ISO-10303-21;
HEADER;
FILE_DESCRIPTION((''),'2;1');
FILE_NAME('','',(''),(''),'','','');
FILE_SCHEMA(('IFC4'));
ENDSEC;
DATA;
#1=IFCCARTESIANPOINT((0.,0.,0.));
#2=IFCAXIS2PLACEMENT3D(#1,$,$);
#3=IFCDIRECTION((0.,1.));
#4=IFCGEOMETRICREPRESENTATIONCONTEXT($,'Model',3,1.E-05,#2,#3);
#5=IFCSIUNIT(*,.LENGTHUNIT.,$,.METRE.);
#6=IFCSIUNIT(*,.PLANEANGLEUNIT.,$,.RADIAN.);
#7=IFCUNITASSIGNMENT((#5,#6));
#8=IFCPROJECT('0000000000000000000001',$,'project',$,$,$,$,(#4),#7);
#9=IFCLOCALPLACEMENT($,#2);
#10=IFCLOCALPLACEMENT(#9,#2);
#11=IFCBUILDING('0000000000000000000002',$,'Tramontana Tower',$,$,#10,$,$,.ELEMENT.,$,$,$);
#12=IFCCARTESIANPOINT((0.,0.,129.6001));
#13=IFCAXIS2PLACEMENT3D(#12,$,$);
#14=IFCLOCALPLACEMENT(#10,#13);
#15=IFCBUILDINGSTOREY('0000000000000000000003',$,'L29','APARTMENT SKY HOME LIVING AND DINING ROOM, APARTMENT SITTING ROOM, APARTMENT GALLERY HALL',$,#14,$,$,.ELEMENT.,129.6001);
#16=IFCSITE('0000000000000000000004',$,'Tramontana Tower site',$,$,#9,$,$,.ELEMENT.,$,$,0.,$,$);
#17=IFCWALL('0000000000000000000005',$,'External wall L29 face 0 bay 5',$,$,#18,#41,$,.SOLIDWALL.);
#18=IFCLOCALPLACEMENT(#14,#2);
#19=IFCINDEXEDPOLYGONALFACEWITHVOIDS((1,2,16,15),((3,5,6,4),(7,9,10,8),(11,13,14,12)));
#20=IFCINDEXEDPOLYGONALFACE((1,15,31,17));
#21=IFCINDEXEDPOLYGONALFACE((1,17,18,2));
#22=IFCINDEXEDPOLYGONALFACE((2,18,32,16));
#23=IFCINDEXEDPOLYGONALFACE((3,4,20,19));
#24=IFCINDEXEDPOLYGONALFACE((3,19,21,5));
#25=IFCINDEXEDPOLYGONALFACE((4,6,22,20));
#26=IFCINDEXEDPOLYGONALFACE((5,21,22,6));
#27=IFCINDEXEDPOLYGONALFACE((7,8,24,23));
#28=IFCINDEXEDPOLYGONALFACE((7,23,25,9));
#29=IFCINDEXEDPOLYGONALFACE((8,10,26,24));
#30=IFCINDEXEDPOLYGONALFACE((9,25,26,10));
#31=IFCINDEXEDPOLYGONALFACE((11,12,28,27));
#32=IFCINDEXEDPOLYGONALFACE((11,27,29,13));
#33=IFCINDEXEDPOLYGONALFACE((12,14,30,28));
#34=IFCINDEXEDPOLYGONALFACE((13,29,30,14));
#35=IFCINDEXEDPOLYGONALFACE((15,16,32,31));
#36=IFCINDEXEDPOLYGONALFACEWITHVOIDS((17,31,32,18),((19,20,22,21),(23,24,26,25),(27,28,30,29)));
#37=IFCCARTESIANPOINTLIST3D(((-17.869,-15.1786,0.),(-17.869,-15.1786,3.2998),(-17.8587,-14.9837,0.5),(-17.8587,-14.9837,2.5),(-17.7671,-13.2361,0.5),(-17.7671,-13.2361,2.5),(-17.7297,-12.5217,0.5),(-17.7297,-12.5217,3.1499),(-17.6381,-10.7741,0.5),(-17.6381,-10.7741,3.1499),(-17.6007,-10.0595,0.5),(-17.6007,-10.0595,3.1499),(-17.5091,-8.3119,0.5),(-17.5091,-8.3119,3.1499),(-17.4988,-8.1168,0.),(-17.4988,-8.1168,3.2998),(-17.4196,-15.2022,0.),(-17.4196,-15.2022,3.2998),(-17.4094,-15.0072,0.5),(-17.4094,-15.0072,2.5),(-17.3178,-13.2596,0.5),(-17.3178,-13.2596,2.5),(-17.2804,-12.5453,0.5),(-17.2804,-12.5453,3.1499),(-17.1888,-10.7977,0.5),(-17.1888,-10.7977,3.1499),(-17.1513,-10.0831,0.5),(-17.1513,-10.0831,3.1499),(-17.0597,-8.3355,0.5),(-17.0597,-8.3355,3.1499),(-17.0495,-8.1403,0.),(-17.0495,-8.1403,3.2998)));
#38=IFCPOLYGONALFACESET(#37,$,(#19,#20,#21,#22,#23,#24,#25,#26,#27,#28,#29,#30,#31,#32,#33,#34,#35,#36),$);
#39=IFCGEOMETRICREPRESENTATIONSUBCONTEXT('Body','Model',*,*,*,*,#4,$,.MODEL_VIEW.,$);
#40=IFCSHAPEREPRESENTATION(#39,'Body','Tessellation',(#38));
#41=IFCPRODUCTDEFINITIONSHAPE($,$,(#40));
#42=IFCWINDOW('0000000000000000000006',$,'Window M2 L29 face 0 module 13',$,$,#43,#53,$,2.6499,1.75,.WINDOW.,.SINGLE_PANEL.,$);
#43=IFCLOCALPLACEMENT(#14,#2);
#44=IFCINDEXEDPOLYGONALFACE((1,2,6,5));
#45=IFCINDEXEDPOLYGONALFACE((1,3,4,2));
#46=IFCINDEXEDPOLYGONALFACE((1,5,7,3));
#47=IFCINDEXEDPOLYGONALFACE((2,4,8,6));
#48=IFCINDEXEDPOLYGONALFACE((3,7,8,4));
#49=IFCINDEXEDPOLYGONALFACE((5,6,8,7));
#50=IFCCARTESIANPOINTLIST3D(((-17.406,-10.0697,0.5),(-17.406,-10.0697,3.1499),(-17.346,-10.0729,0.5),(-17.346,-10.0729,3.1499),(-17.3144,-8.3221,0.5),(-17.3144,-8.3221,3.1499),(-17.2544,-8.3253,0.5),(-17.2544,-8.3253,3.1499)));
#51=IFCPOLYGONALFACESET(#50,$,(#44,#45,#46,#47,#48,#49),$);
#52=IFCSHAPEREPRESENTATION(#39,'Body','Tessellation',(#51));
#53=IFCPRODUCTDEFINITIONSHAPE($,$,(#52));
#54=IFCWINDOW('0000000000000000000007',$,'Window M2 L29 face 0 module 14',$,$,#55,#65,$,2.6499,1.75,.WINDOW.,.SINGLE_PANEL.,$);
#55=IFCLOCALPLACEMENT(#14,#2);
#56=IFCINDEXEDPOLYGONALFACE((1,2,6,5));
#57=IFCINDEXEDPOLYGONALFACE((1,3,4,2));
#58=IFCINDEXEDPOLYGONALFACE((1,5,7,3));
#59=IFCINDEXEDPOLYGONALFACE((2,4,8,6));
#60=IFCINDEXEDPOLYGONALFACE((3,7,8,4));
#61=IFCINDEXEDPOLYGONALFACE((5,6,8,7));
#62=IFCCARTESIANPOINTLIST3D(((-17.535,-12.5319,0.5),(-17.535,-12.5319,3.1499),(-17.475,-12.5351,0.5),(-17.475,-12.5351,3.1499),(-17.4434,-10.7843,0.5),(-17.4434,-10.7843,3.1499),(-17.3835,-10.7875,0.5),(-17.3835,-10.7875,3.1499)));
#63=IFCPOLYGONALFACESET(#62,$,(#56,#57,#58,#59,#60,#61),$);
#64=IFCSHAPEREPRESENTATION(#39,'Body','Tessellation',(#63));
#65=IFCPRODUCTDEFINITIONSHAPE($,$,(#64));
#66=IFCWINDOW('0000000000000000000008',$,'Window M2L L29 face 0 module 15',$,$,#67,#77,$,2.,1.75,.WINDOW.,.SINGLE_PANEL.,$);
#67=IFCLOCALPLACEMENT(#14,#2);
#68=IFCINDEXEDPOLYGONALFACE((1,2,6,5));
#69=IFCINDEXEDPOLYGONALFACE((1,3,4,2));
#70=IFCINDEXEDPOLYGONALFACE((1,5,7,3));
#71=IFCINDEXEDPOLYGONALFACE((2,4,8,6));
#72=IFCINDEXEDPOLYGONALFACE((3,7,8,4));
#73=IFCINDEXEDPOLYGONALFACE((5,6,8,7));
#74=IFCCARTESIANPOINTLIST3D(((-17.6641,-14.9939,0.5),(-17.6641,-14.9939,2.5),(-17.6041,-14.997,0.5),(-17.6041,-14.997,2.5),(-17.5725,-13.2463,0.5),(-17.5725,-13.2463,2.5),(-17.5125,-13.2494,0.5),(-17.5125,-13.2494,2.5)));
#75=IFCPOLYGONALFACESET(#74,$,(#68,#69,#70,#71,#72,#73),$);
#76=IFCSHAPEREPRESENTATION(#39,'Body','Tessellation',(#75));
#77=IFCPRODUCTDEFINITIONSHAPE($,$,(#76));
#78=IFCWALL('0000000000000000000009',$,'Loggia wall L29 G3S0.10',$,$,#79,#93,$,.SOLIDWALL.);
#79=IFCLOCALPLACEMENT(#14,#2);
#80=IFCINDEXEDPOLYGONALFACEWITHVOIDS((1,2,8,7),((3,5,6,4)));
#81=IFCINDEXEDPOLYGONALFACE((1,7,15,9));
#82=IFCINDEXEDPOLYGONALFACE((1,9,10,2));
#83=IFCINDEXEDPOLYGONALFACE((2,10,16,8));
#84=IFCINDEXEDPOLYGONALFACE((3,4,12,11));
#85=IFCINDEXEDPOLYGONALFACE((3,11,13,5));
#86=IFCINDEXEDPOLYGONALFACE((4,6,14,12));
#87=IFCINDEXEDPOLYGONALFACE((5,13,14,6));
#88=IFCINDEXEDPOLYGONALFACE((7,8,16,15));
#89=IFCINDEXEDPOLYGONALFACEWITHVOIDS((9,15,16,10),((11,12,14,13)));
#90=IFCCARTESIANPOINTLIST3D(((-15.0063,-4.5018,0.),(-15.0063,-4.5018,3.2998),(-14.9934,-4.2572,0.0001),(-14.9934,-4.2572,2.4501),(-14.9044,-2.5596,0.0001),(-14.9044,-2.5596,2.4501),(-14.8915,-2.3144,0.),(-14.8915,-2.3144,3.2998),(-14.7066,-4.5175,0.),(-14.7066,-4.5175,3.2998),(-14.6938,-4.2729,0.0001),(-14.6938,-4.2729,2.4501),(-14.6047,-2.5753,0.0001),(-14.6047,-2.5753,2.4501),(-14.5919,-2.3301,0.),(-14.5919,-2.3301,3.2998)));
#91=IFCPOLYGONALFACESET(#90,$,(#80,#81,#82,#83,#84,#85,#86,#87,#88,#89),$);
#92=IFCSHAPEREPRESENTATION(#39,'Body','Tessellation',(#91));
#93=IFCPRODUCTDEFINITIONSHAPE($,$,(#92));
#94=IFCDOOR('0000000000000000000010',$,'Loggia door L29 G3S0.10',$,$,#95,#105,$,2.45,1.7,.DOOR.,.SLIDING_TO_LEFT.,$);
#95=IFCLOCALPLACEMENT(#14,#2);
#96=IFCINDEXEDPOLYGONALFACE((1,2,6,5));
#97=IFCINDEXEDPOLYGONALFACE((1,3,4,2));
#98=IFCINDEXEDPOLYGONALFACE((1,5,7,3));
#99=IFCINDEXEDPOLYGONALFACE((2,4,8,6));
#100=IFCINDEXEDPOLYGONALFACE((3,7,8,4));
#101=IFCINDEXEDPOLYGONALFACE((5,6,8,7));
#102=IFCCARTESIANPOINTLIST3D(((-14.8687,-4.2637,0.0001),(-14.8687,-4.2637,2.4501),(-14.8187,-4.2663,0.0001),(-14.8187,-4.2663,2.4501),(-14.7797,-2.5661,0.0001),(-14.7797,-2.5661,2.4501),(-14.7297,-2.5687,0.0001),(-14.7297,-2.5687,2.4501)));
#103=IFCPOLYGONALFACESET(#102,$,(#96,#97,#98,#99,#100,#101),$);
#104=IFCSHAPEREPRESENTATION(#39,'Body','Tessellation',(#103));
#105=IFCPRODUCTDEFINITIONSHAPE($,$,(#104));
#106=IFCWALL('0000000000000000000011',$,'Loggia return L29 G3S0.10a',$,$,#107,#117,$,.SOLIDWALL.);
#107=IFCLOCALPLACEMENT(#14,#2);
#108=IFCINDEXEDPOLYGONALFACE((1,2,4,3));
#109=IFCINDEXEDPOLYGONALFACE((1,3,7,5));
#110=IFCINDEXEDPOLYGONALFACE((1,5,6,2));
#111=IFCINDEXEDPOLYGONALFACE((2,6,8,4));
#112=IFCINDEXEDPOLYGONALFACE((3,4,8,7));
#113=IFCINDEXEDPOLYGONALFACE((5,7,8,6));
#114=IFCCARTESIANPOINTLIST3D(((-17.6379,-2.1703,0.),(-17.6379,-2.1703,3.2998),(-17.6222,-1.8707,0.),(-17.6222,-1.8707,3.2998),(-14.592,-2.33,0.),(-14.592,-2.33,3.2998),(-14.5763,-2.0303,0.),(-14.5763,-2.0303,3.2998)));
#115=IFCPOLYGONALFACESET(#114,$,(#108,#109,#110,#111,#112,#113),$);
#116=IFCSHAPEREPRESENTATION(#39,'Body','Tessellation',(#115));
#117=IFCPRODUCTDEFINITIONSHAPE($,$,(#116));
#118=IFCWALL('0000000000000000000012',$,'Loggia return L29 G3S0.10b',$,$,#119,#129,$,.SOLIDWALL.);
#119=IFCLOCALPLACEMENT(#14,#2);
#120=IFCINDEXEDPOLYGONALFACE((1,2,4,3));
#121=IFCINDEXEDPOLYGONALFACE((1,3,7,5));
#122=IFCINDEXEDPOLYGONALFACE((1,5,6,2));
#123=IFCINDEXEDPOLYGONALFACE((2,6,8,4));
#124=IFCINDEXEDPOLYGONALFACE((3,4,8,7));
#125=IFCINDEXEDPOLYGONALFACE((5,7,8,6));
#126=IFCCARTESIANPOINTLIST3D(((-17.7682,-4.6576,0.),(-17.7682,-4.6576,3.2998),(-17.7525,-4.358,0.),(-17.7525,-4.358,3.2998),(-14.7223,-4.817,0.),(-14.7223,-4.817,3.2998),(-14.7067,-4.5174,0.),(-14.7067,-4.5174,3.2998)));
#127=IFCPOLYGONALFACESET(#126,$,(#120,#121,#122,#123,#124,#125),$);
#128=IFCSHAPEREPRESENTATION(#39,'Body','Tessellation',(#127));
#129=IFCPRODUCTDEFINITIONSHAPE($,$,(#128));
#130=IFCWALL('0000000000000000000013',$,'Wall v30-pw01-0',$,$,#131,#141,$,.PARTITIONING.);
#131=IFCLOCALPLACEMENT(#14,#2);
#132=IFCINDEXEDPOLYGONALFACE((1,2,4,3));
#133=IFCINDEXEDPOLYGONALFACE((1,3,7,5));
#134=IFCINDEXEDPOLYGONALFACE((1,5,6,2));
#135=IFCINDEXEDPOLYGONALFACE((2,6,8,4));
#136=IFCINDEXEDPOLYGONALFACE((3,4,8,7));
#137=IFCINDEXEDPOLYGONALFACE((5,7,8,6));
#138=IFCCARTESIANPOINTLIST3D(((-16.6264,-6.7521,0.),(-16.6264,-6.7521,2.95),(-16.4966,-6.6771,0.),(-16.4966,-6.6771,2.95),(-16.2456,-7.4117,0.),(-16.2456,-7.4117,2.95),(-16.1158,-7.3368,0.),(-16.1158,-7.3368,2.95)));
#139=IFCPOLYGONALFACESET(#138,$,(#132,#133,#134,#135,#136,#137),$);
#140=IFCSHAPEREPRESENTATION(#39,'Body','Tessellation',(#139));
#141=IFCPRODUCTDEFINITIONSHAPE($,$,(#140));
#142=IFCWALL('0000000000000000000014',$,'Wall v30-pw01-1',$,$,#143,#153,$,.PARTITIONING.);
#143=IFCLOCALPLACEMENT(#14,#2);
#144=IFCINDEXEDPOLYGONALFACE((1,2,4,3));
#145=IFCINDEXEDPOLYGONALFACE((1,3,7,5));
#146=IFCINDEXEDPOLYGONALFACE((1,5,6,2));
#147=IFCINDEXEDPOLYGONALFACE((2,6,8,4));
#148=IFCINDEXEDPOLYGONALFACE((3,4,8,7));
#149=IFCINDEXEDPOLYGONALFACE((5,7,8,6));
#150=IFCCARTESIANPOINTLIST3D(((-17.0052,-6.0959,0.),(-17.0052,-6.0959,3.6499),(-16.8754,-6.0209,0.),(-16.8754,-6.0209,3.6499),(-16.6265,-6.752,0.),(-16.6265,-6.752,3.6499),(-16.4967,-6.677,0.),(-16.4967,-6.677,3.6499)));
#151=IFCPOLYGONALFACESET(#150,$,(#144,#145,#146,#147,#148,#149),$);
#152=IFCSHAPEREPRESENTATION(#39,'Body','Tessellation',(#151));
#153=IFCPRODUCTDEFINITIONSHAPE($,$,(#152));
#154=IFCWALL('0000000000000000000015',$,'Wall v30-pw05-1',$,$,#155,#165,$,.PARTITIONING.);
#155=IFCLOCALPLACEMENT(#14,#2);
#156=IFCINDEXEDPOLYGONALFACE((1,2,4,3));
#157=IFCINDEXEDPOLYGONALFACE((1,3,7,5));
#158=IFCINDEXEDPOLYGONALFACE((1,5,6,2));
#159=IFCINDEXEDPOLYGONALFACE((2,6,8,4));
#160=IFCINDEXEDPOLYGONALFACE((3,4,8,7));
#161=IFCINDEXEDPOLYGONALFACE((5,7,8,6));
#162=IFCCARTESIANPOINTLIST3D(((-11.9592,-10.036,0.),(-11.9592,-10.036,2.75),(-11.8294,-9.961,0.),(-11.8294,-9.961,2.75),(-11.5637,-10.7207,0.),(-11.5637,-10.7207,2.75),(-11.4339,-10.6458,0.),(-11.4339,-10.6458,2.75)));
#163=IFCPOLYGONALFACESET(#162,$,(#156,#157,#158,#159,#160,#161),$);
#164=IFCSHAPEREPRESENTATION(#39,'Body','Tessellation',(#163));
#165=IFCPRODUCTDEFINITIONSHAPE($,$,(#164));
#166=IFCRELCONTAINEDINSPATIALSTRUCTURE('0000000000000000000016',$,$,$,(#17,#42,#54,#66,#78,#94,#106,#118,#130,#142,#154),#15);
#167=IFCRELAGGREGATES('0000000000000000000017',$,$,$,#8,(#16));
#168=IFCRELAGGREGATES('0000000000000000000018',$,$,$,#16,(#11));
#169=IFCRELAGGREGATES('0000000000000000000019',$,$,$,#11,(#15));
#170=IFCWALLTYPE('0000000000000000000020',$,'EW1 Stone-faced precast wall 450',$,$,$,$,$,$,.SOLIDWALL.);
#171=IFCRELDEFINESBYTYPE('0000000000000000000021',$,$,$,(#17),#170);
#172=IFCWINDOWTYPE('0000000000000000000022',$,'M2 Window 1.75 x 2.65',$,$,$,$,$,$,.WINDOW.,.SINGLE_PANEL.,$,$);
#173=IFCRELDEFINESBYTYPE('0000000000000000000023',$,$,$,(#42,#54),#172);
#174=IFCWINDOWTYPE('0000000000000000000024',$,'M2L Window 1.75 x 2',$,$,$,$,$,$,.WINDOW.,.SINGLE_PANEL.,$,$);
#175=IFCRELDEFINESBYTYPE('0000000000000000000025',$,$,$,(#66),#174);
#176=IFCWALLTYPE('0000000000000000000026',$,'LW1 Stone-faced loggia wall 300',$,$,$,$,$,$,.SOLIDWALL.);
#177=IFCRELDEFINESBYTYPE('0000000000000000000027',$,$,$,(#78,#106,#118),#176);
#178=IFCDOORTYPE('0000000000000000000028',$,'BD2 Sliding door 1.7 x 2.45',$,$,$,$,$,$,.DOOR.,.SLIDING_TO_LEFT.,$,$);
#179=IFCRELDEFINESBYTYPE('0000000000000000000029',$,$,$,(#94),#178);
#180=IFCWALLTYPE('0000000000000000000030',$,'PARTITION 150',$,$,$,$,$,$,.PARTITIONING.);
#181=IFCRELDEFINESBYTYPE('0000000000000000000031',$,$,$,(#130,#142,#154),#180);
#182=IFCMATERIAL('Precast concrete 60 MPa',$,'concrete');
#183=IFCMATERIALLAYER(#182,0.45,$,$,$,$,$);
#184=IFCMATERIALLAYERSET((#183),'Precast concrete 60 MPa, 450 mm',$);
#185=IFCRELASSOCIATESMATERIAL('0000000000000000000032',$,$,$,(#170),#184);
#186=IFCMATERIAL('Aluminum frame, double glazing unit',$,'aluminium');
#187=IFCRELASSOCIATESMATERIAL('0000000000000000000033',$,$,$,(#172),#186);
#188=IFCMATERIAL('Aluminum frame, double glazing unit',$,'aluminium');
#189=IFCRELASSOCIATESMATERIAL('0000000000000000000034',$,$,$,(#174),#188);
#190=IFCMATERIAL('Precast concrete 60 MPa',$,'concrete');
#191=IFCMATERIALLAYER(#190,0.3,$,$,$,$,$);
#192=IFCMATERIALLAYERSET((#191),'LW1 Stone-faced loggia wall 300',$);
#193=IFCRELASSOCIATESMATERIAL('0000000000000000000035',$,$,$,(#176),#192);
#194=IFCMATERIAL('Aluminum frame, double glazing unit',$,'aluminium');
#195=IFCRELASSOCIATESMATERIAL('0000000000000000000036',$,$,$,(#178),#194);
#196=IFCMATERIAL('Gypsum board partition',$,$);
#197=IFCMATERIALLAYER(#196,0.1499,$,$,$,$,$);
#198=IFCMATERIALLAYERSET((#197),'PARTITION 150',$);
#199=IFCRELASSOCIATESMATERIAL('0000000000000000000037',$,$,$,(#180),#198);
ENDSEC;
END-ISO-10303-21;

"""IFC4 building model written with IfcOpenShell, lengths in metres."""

from ifc_helpers import new_model, si_unit, direction, frame, frame_2d, origin, place, context, subcontext, project, spatial, rectangle, extrude, material, layer, layer_set, type_object, element, fill, save


model = new_model("IFC4")

# Units and contexts
model_context = context("Model", 3, precision=1e-05, world=origin(), true_north=direction((0.0, 1.0)))
body_context = subcontext(model_context, "Body", "Model", "MODEL_VIEW")
ifc_project = project(units=[si_unit("LENGTHUNIT", "METRE"), si_unit("PLANEANGLEUNIT", "RADIAN")], contexts=[model_context])

# Site, building, storey
site_placement = place(None, origin())
site = spatial("IfcSite", under=ifc_project, at=site_placement, Name="Tramontana Tower site", CompositionType="ELEMENT", RefElevation=0.0)
building_placement = place(site_placement, origin())
building = spatial("IfcBuilding", under=site, at=building_placement, Name="Tramontana Tower", CompositionType="ELEMENT")
storey_placement = place(building_placement, frame((0.0, 0.0, 129.6001)))
storey = spatial("IfcBuildingStorey", under=building, at=storey_placement, Name="L29", Description="APARTMENT SKY HOME LIVING AND DINING ROOM, APARTMENT SITTING ROOM, APARTMENT GALLERY HALL", CompositionType="ELEMENT", Elevation=129.6001)

# Shared definitions
ifc_material_1 = material(Name="Precast concrete 60 MPa", Category="concrete")
ifc_layer_1 = layer(ifc_material_1, 0.45)
ifc_layer_set_1 = layer_set([ifc_layer_1], Name="Precast concrete 60 MPa, 450 mm")
wall_type_1 = type_object("IfcWallType", Name="EW1 Stone-faced precast wall 450", PredefinedType="SOLIDWALL", material=ifc_layer_set_1)
ifc_material_2 = material(Name="Aluminum frame, double glazing unit", Category="aluminium")
window_type_1 = type_object("IfcWindowType", Name="M2 Window 1.75 x 2.65", PartitioningType="SINGLE_PANEL", PredefinedType="WINDOW", material=ifc_material_2)

# Wall, openings, windows
wall_1_placement = place(storey_placement, frame((-17.2742, -8.1287, 0.0), z_axis=(0.0, 0.0, 1.0), x_axis=(-0.05234, -0.998629, 0.0)))
wall_1 = element("IfcWall", 1, at=wall_1_placement, inside=storey, type_object=wall_type_1, Name="External wall L29 face 0 bay 5", PredefinedType="SOLIDWALL", context=body_context, shape_type="SweptSolid", body=[
    extrude(rectangle(XDim=7.0715, YDim=0.45, at=frame_2d((3.5356, 0.0))), origin(), (0.0, 0.0, 1.0), 3.2998),
])
opening_1_placement = place(wall_1_placement, frame((0.1953, 0.0, 0.5)))
opening_1 = element("IfcOpeningElement", 2, at=opening_1_placement, cuts=wall_1, PredefinedType="OPENING", context=body_context, shape_type="SweptSolid", body=[
    extrude(rectangle(XDim=1.75, YDim=2.6499, at=frame_2d((0.875, 1.325))), frame((0.0, 0.2349, 0.0), z_axis=(0.0, -1.0, 0.0), x_axis=(1.0, 0.0, 0.0)), (0.0, 0.0, 1.0), 0.47),
])
opening_2_placement = place(wall_1_placement, frame((2.6609, 0.0, 0.5)))
opening_2 = element("IfcOpeningElement", 3, at=opening_2_placement, cuts=wall_1, PredefinedType="OPENING", context=body_context, shape_type="SweptSolid", body=[
    extrude(rectangle(XDim=1.75, YDim=2.6499, at=frame_2d((0.875, 1.325))), frame((0.0, 0.2349, 0.0), z_axis=(0.0, -1.0, 0.0), x_axis=(1.0, 0.0, 0.0)), (0.0, 0.0, 1.0), 0.47),
])
opening_3_placement = place(wall_1_placement, frame((5.1262, 0.0, 0.5)))
opening_3 = element("IfcOpeningElement", 4, at=opening_3_placement, cuts=wall_1, PredefinedType="OPENING", context=body_context, shape_type="SweptSolid", body=[
    extrude(rectangle(XDim=1.75, YDim=2.0, at=frame_2d((0.875, 1.0))), frame((0.0, 0.2349, 0.0), z_axis=(0.0, -1.0, 0.0), x_axis=(1.0, 0.0, 0.0)), (0.0, 0.0, 1.0), 0.47),
])
window_1_placement = place(opening_1_placement, origin())
window_1 = element("IfcWindow", 5, at=window_1_placement, inside=storey, type_object=window_type_1, Name="Window M2 L29 face 0 module 13", OverallHeight=2.6499, OverallWidth=1.75, PartitioningType="SINGLE_PANEL", PredefinedType="WINDOW", context=body_context, shape_type="SweptSolid", body=[
    extrude(rectangle(XDim=1.75, YDim=2.6499, at=frame_2d((0.875, 1.325))), frame((0.0, 0.03, 0.0), z_axis=(0.0, -1.0, 0.0), x_axis=(1.0, 0.0, 0.0)), (0.0, 0.0, 1.0), 0.0601),
])
fill(opening_1, window_1)
window_2_placement = place(opening_2_placement, origin())
window_2 = element("IfcWindow", 6, at=window_2_placement, inside=storey, type_object=window_type_1, Name="Window M2 L29 face 0 module 14", OverallHeight=2.6499, OverallWidth=1.75, PartitioningType="SINGLE_PANEL", PredefinedType="WINDOW", context=body_context, shape_type="SweptSolid", body=[
    extrude(rectangle(XDim=1.75, YDim=2.6499, at=frame_2d((0.875, 1.325))), frame((0.0, 0.03, 0.0), z_axis=(0.0, -1.0, 0.0), x_axis=(1.0, 0.0, 0.0)), (0.0, 0.0, 1.0), 0.0601),
])
fill(opening_2, window_2)
ifc_material_3 = material(Name="Aluminum frame, double glazing unit", Category="aluminium")
window_type_2 = type_object("IfcWindowType", Name="M2L Window 1.75 x 2", PartitioningType="SINGLE_PANEL", PredefinedType="WINDOW", material=ifc_material_3)
window_3_placement = place(opening_3_placement, origin())
window_3 = element("IfcWindow", 7, at=window_3_placement, inside=storey, type_object=window_type_2, Name="Window M2L L29 face 0 module 15", OverallHeight=2.0, OverallWidth=1.75, PartitioningType="SINGLE_PANEL", PredefinedType="WINDOW", context=body_context, shape_type="SweptSolid", body=[
    extrude(rectangle(XDim=1.75, YDim=2.0, at=frame_2d((0.875, 1.0))), frame((0.0, 0.03, 0.0), z_axis=(0.0, -1.0, 0.0), x_axis=(1.0, 0.0, 0.0)), (0.0, 0.0, 1.0), 0.0601),
])
fill(opening_3, window_3)

# Wall, opening, door
ifc_material_4 = material(Name="Precast concrete 60 MPa", Category="concrete")
ifc_layer_2 = layer(ifc_material_4, 0.3)
ifc_layer_set_2 = layer_set([ifc_layer_2], Name="LW1 Stone-faced loggia wall 300")
wall_type_2 = type_object("IfcWallType", Name="LW1 Stone-faced loggia wall 300", PredefinedType="SOLIDWALL", material=ifc_layer_set_2)
wall_2_placement = place(storey_placement, frame((-14.7417, -2.3223, 0.0), z_axis=(0.0, 0.0, 1.0), x_axis=(-0.052383, -0.998627, 0.0)))
wall_2 = element("IfcWall", 8, at=wall_2_placement, inside=storey, type_object=wall_type_2, Name="Loggia wall L29 G3S0.10", PredefinedType="SOLIDWALL", context=body_context, shape_type="SweptSolid", body=[
    extrude(rectangle(XDim=2.1904, YDim=0.3, at=frame_2d((1.0952, 0.0))), origin(), (0.0, 0.0, 1.0), 3.2998),
])
opening_4_placement = place(wall_2_placement, frame((0.2454, 0.0, 0.0)))
opening_4 = element("IfcOpeningElement", 9, at=opening_4_placement, cuts=wall_2, PredefinedType="OPENING", context=body_context, shape_type="SweptSolid", body=[
    extrude(rectangle(XDim=1.7, YDim=2.45, at=frame_2d((0.8501, 1.2251))), frame((0.0, 0.1599, 0.0), z_axis=(0.0, -1.0, 0.0), x_axis=(1.0, 0.0, 0.0)), (0.0, 0.0, 1.0), 0.3201),
])
ifc_material_5 = material(Name="Aluminum frame, double glazing unit", Category="aluminium")
door_type_1 = type_object("IfcDoorType", Name="BD2 Sliding door 1.7 x 2.45", OperationType="SLIDING_TO_LEFT", PredefinedType="DOOR", material=ifc_material_5)
door_1_placement = place(opening_4_placement, origin())
door_1 = element("IfcDoor", 10, at=door_1_placement, inside=storey, type_object=door_type_1, Name="Loggia door L29 G3S0.10", OperationType="SLIDING_TO_LEFT", OverallHeight=2.45, OverallWidth=1.7, PredefinedType="DOOR", context=body_context, shape_type="SweptSolid", body=[
    extrude(rectangle(XDim=1.7, YDim=2.45, at=frame_2d((0.8501, 1.2251))), frame((0.0, 0.0249, 0.0), z_axis=(0.0, -1.0, 0.0), x_axis=(1.0, 0.0, 0.0)), (0.0, 0.0, 1.0), 0.05),
])
fill(opening_4, door_1)

# Walls
for number, where, z_axis, x_axis, name in (
    (11, (-17.6299, -2.0205, 0.0), (0.0, 0.0, 1.0), (0.998629, -0.052349, 0.0), "Loggia return L29 G3S0.10a"),
    (12, (-17.7603, -4.5078, 0.0), (0.0, 0.0, 1.0), (0.998633, -0.052269, 0.0), "Loggia return L29 G3S0.10b"),
):
    element("IfcWall", number, at=place(storey_placement, frame(where, z_axis=z_axis, x_axis=x_axis)), inside=storey, type_object=wall_type_2, Name=name, PredefinedType="SOLIDWALL", context=body_context, shape_type="SweptSolid", body=[
        extrude(rectangle(XDim=3.05, YDim=0.3, at=frame_2d((1.5249, 0.0))), origin(), (0.0, 0.0, 1.0), 3.2998),
    ])
ifc_material_6 = material(Name="Gypsum board partition")
ifc_layer_3 = layer(ifc_material_6, 0.1499)
ifc_layer_set_3 = layer_set([ifc_layer_3], Name="PARTITION 150")
wall_type_3 = type_object("IfcWallType", Name="PARTITION 150", PredefinedType="PARTITIONING", material=ifc_layer_set_3)
wall_3_placement = place(storey_placement, frame((-16.1807, -7.3743, 0.0), z_axis=(0.0, 0.0, 1.0), x_axis=(-0.5, 0.866025, 0.0)))
element("IfcWall", 13, at=wall_3_placement, inside=storey, type_object=wall_type_3, Name="Wall v30-pw01-0", PredefinedType="PARTITIONING", context=body_context, shape_type="SweptSolid", body=[
    extrude(rectangle(XDim=0.7617, YDim=0.1499, at=frame_2d((0.3809, 0.0))), origin(), (0.0, 0.0, 1.0), 2.95),
])
wall_4_placement = place(storey_placement, frame((-16.5615, -6.7146, 0.0), z_axis=(0.0, 0.0, 1.0), x_axis=(-0.499918, 0.866073, 0.0)))
element("IfcWall", 14, at=wall_4_placement, inside=storey, type_object=wall_type_3, Name="Wall v30-pw01-1", PredefinedType="PARTITIONING", context=body_context, shape_type="SweptSolid", body=[
    extrude(rectangle(XDim=0.7576, YDim=0.1499, at=frame_2d((0.3789, 0.0))), origin(), (0.0, 0.0, 1.0), 3.6499),
])

# Wall
wall_5_placement = place(storey_placement, frame((-11.4988, -10.6833, 0.0), z_axis=(0.0, 0.0, 1.0), x_axis=(-0.500123, 0.865954, 0.0)))
element("IfcWall", 15, at=wall_5_placement, inside=storey, type_object=wall_type_3, Name="Wall v30-pw05-1", PredefinedType="PARTITIONING", context=body_context, shape_type="SweptSolid", body=[
    extrude(rectangle(XDim=0.7908, YDim=0.1499, at=frame_2d((0.3955, 0.0))), origin(), (0.0, 0.0, 1.0), 2.75),
])

save(model, "model.ifc")
